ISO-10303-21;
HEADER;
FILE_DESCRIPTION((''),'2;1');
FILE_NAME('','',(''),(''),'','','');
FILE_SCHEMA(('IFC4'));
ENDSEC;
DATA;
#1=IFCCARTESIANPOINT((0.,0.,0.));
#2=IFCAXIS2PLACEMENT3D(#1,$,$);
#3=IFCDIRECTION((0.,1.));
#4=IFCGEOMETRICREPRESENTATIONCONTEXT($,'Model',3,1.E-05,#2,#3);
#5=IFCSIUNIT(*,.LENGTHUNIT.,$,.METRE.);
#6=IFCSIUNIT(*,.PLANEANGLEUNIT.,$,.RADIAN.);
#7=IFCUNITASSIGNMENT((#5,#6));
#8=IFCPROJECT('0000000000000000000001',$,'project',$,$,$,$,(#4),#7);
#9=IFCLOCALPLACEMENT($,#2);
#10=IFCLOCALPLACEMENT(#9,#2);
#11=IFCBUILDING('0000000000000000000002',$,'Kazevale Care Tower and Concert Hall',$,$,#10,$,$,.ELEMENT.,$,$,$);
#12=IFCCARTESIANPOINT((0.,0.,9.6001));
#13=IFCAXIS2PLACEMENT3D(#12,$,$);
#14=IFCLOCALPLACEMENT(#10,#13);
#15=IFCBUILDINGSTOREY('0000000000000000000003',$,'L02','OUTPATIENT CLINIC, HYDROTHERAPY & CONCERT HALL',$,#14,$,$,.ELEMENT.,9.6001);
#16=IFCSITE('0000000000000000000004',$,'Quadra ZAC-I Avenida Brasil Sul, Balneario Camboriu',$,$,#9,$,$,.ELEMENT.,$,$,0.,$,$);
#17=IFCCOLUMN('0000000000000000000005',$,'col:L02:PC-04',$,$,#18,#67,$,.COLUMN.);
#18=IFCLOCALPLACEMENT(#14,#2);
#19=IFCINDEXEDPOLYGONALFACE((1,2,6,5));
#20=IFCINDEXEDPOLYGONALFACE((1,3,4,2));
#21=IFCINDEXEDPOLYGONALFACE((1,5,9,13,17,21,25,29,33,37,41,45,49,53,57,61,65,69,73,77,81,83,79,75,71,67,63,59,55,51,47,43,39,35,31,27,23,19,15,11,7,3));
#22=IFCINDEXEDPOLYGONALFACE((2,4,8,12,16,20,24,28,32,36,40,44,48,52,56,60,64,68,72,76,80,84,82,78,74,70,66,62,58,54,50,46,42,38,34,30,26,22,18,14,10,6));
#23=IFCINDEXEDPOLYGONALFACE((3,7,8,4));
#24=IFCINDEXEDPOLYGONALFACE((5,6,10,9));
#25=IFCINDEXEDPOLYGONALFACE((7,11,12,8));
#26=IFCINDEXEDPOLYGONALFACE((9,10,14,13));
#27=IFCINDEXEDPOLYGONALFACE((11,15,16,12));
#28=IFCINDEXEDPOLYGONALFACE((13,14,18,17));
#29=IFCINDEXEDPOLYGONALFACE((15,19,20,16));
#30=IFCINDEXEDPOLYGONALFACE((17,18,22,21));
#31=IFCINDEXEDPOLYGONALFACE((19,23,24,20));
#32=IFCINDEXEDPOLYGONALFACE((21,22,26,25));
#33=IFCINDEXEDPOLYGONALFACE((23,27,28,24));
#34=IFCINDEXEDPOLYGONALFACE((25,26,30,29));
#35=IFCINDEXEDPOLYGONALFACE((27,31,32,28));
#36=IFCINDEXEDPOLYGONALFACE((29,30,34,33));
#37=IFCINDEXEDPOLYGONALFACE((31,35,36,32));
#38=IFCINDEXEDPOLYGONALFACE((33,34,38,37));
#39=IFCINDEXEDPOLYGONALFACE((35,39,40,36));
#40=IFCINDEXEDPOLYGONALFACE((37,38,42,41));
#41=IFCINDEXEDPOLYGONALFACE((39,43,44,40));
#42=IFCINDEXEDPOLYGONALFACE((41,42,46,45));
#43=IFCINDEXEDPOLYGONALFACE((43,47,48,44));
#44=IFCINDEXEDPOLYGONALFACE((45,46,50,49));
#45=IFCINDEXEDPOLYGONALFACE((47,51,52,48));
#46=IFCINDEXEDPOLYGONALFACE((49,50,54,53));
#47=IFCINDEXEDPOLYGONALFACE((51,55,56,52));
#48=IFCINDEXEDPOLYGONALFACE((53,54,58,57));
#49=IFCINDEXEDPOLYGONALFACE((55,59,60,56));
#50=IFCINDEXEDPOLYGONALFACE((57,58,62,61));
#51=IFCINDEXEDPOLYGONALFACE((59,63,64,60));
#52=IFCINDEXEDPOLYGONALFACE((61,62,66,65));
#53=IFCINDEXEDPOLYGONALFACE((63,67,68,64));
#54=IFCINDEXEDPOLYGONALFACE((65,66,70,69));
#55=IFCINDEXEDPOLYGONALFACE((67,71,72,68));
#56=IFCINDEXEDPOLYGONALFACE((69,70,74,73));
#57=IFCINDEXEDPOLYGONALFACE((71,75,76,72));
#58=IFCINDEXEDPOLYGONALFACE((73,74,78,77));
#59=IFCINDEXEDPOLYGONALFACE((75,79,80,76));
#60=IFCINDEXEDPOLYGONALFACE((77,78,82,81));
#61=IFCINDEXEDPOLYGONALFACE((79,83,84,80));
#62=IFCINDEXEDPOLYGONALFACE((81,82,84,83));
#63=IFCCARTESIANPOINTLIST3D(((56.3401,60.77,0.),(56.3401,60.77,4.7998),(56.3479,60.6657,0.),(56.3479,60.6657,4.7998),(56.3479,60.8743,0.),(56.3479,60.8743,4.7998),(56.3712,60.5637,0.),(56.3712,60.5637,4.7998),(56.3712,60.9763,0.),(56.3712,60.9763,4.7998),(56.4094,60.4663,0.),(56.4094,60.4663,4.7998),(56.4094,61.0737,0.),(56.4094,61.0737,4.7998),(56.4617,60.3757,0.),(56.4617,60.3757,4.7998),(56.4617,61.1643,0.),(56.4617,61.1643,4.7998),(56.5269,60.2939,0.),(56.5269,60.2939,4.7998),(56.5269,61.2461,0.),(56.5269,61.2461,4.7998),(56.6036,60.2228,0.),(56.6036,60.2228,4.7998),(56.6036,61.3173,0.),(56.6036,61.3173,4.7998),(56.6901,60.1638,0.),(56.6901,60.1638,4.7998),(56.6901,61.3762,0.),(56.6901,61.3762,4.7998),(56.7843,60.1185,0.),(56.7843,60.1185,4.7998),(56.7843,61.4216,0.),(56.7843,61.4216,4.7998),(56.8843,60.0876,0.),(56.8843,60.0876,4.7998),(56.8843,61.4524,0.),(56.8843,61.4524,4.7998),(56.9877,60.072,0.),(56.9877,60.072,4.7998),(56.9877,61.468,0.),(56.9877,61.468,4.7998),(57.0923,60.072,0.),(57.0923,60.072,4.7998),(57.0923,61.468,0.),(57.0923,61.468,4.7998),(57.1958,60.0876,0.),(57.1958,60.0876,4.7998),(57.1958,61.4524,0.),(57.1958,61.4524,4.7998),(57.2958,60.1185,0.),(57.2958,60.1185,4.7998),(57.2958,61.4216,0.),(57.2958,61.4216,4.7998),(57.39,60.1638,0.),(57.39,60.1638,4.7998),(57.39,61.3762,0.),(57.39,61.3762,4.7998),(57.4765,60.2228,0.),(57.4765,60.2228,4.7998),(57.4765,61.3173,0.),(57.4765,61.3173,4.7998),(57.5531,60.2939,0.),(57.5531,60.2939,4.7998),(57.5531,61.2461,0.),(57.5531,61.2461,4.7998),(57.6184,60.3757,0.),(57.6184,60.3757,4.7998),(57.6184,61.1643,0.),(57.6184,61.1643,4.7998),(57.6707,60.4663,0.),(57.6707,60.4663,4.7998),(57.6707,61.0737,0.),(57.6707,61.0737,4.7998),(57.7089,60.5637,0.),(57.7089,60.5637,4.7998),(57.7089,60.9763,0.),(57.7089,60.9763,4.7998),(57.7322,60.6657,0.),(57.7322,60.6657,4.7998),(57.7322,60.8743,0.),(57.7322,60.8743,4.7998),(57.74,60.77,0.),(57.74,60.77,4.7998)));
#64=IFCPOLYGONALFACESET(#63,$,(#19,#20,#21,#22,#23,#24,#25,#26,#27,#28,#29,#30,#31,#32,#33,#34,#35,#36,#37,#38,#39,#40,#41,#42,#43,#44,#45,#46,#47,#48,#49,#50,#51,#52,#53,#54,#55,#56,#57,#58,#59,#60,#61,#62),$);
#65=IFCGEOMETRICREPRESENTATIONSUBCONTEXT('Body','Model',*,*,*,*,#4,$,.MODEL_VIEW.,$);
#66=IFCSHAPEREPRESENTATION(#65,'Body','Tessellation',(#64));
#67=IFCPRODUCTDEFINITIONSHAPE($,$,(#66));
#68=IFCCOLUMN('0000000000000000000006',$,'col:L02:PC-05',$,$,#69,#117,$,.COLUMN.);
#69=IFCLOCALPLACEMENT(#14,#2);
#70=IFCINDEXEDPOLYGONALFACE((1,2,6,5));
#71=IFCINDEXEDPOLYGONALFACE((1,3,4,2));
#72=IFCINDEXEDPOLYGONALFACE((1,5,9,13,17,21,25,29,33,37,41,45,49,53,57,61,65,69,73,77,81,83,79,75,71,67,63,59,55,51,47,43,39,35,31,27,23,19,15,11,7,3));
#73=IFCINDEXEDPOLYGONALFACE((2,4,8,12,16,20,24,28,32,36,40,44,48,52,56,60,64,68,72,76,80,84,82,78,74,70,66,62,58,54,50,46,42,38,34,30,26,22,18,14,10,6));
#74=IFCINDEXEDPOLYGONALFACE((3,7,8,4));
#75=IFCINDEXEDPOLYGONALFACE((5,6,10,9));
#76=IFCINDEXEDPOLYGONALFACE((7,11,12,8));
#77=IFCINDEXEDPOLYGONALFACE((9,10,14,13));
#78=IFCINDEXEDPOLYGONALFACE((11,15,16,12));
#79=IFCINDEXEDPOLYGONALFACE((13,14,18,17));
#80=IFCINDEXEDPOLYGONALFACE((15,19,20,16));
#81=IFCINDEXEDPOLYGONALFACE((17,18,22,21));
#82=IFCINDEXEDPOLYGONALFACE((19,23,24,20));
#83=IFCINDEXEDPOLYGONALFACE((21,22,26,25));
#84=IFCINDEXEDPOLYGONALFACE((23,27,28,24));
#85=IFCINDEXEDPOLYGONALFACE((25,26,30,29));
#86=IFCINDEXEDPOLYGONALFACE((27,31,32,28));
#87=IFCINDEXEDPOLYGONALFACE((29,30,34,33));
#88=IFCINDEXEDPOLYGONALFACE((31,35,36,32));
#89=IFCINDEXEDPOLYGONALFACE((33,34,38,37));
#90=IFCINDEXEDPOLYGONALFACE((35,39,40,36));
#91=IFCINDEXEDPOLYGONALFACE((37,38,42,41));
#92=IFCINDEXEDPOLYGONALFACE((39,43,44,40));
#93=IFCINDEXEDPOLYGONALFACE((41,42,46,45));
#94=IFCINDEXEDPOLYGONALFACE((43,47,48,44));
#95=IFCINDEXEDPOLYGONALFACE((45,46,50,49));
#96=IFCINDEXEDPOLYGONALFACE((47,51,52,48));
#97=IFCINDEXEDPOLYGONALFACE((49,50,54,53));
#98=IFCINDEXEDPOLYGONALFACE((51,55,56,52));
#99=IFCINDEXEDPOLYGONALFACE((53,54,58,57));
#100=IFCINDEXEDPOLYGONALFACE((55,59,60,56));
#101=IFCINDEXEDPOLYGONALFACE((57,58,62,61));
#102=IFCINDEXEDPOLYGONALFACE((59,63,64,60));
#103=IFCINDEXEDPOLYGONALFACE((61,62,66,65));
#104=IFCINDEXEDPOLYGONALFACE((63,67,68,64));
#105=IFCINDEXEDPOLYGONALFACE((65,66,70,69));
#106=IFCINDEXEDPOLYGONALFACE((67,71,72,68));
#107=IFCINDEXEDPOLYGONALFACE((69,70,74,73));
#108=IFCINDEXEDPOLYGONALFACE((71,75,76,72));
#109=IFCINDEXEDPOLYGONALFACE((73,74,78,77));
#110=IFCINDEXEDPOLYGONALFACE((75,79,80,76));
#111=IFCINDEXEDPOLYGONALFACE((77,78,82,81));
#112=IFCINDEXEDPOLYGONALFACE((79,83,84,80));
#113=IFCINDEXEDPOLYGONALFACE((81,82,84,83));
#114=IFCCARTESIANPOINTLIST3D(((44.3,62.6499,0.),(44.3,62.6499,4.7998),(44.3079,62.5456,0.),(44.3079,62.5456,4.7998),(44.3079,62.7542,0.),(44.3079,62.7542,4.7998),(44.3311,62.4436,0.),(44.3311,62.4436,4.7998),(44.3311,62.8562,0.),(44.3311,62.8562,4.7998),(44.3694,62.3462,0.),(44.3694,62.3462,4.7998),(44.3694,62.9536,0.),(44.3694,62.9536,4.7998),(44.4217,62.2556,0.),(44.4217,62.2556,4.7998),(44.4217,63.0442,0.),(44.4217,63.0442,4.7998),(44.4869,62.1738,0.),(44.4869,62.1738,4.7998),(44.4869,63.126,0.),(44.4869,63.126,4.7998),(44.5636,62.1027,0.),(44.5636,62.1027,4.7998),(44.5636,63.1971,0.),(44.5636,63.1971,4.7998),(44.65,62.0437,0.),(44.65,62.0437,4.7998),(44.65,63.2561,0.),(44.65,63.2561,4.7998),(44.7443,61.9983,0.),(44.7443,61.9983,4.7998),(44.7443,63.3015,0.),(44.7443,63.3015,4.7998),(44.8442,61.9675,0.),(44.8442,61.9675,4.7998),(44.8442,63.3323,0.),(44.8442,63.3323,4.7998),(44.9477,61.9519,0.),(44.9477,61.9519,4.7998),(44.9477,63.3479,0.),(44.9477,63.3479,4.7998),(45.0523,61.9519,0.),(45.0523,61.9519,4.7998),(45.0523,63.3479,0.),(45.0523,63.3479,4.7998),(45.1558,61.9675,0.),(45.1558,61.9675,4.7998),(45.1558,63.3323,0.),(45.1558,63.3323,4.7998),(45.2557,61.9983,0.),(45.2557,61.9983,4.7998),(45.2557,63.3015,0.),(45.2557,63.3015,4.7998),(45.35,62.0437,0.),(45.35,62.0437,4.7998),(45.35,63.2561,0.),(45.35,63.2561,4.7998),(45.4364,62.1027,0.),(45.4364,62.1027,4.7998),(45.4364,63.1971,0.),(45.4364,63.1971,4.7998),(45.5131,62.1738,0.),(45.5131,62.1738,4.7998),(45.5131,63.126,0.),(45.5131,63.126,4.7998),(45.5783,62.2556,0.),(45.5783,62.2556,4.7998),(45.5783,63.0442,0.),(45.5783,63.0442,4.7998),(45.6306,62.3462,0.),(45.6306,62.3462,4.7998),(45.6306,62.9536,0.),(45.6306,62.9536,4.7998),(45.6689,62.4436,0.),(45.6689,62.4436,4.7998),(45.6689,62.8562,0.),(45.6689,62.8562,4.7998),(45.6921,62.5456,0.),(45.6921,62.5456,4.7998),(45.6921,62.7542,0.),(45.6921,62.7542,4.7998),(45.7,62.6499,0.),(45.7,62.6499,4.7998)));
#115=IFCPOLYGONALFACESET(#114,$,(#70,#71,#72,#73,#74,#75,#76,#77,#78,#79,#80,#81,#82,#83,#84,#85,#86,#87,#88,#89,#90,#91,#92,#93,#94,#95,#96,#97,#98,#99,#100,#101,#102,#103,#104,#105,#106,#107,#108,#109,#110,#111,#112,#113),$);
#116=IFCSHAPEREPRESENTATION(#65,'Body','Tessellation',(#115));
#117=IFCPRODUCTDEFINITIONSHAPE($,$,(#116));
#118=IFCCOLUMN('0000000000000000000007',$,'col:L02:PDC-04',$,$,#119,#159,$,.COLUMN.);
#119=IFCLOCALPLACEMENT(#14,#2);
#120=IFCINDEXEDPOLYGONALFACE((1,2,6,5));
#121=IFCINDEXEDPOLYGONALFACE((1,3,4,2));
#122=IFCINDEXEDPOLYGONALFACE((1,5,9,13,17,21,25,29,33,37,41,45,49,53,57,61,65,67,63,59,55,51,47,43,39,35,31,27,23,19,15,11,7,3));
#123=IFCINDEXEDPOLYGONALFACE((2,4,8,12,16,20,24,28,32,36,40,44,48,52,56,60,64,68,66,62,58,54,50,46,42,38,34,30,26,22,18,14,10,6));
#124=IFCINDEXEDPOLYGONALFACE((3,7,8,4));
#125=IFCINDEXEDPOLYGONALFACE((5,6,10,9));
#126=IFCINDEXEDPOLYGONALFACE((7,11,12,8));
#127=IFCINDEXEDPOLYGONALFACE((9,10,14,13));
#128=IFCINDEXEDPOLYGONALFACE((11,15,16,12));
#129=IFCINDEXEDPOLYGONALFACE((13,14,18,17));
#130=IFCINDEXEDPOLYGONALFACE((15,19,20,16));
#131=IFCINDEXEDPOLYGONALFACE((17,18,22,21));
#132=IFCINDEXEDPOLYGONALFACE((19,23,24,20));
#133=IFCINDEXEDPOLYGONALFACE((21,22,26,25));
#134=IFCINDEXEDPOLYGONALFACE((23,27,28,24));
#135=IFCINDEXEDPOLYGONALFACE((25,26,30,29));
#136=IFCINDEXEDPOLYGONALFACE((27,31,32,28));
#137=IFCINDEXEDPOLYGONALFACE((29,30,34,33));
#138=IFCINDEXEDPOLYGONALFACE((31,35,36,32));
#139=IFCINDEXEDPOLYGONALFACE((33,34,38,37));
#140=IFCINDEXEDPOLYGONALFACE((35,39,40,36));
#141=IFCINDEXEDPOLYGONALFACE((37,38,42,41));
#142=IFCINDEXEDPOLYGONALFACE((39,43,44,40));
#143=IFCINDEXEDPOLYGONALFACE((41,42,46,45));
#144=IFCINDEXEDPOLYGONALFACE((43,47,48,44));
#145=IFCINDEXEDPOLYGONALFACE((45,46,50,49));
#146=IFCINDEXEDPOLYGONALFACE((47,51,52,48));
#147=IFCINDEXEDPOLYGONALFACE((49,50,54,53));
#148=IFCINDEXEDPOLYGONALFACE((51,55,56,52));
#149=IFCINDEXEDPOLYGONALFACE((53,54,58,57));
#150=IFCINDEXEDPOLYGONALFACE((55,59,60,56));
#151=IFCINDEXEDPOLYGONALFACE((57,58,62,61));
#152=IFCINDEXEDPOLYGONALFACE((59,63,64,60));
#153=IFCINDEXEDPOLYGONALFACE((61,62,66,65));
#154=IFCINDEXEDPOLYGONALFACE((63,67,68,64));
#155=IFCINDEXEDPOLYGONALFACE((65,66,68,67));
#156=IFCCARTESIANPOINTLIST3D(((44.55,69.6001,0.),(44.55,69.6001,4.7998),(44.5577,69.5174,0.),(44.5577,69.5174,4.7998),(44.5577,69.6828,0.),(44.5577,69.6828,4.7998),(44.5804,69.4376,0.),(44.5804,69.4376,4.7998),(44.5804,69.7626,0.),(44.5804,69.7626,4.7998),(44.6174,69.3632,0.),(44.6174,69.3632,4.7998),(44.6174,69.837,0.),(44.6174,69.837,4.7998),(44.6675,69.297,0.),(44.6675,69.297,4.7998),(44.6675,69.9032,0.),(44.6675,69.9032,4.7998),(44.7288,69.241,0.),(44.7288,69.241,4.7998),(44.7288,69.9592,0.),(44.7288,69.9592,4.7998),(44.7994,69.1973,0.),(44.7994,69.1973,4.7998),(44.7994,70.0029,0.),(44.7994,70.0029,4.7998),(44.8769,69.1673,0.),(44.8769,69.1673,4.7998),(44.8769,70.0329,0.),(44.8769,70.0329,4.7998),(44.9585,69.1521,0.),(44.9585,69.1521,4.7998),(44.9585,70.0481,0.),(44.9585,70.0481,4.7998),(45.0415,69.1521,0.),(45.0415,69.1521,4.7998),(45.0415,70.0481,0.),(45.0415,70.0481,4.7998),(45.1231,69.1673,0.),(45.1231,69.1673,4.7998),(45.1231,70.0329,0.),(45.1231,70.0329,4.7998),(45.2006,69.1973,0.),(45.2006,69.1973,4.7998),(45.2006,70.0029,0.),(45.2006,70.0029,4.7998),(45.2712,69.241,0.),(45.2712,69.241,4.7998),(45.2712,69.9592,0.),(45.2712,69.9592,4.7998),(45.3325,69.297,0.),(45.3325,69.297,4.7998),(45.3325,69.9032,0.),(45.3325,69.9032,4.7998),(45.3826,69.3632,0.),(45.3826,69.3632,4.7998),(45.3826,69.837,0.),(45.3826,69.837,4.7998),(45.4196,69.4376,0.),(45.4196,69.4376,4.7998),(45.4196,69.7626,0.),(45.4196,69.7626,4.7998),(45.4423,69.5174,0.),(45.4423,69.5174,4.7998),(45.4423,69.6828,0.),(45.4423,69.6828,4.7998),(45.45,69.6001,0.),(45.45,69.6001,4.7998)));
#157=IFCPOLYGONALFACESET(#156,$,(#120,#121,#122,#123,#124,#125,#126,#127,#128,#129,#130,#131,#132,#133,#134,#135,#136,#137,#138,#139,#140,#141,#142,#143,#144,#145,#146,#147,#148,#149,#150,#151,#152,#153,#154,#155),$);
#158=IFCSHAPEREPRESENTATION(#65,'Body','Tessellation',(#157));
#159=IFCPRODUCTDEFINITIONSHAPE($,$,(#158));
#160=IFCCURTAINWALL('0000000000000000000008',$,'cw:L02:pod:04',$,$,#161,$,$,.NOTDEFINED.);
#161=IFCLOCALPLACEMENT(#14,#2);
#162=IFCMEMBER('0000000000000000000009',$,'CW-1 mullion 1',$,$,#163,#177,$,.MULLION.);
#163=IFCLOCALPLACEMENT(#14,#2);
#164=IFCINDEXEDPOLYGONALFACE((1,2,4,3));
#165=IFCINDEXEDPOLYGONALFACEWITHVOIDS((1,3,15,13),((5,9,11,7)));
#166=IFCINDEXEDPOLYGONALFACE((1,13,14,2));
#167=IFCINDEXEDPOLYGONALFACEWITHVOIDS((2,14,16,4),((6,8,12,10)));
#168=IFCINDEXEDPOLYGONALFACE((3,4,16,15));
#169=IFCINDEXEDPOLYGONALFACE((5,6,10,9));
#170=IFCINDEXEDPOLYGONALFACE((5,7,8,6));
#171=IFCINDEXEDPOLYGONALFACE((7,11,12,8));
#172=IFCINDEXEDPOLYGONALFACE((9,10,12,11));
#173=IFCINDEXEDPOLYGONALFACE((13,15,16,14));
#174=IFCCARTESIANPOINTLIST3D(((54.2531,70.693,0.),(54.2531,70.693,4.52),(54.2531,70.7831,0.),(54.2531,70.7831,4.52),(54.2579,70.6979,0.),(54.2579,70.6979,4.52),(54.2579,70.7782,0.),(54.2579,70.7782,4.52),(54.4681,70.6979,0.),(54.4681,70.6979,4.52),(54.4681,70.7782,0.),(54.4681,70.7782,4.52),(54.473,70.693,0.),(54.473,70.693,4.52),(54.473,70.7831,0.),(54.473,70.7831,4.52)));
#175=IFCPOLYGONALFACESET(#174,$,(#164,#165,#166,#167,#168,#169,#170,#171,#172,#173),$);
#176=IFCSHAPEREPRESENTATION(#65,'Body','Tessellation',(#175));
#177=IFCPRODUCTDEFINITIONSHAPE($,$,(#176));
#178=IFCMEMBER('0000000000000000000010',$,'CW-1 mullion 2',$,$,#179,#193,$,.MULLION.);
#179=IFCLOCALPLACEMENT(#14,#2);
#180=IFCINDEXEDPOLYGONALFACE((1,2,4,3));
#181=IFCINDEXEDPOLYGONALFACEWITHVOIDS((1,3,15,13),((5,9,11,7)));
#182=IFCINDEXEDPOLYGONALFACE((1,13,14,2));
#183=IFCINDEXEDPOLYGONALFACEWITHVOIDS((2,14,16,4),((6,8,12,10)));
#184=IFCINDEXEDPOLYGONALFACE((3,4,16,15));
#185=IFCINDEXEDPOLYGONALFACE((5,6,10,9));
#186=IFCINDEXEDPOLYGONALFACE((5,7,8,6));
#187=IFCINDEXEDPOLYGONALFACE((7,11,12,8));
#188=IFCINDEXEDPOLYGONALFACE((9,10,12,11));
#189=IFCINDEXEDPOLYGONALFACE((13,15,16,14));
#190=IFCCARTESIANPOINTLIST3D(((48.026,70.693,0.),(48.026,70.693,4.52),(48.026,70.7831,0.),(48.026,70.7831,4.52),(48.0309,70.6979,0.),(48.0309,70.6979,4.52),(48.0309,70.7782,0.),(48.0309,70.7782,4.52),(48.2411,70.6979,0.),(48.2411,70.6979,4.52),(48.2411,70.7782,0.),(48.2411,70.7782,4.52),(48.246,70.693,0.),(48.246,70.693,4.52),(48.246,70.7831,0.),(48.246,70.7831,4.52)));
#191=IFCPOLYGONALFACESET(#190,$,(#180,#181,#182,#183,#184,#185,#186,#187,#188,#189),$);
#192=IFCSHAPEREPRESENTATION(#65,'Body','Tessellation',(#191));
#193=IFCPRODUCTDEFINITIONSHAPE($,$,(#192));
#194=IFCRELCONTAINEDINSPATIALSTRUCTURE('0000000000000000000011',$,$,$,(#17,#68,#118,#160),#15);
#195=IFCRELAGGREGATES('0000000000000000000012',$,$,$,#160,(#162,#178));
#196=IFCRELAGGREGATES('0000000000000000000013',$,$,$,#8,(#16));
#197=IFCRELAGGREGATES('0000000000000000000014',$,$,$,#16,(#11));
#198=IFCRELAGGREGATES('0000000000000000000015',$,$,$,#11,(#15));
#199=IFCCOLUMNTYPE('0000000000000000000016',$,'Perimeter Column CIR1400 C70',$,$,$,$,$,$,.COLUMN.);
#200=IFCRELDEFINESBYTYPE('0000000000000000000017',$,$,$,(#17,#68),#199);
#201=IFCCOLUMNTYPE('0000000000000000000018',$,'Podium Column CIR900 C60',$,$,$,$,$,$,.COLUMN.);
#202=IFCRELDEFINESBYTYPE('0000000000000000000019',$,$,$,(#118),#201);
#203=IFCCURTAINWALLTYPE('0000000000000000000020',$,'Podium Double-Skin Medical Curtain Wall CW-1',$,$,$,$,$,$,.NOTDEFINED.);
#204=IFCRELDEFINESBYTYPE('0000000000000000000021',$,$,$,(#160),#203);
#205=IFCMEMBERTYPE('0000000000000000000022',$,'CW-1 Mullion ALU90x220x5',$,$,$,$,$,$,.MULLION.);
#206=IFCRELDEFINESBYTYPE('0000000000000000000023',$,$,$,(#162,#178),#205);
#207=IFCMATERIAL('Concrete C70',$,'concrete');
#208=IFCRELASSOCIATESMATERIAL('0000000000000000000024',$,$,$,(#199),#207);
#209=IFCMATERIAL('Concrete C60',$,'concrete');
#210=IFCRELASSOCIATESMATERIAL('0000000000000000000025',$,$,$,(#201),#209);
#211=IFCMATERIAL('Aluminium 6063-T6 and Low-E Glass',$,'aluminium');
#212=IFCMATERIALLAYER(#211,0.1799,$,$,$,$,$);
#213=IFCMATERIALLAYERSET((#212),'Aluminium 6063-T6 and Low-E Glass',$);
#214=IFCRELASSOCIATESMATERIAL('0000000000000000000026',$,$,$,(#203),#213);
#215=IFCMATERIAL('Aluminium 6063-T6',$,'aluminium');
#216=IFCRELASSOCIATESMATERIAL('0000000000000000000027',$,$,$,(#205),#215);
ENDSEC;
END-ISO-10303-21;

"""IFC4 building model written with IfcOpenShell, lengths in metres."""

from ifc_helpers import new_model, si_unit, direction, frame, origin, origin_2d, place, context, subcontext, project, spatial, hollow_rectangle, circle, extrude, material, layer, layer_set, material_profile, profile_set, type_object, element, aggregate, save


model = new_model("IFC4")

# Units and contexts
model_context = context("Model", 3, precision=1e-05, world=origin(), true_north=direction((0.0, 1.0)))
body_context = subcontext(model_context, "Body", "Model", "MODEL_VIEW")
ifc_project = project(units=[si_unit("LENGTHUNIT", "METRE"), si_unit("PLANEANGLEUNIT", "RADIAN")], contexts=[model_context])

# Site, building, storey
site_placement = place(None, origin())
site = spatial("IfcSite", under=ifc_project, at=site_placement, Name="Quadra ZAC-I Avenida Brasil Sul, Balneario Camboriu", CompositionType="ELEMENT", RefElevation=0.0)
building_placement = place(site_placement, origin())
building = spatial("IfcBuilding", under=site, at=building_placement, Name="Kazevale Care Tower and Concert Hall", CompositionType="ELEMENT")
storey_placement = place(building_placement, frame((0.0, 0.0, 9.6001)))
storey = spatial("IfcBuildingStorey", under=building, at=storey_placement, Name="L02", Description="OUTPATIENT CLINIC, HYDROTHERAPY & CONCERT HALL", CompositionType="ELEMENT", Elevation=9.6001)

# Columns
ifc_material_1 = material(Name="Concrete C70", Category="concrete")
ifc_material_profile_1 = material_profile(ifc_material_1, circle(Radius=0.7, at=origin_2d()), Name="RC-CIR1400")
ifc_profile_set_1 = profile_set([ifc_material_profile_1], Name="Concrete C70")
column_type_1 = type_object("IfcColumnType", Name="Perimeter Column CIR1400 C70", PredefinedType="COLUMN", material=ifc_profile_set_1)
for number, where, z_axis, x_axis, name in (
    (1, (57.04, 60.77, 0.0), (0.0, 0.0, 1.0), (1.0, 0.0, 0.0), "col:L02:PC-04"),
    (2, (45.0, 62.6499, 0.0), (0.0, 0.0, 1.0), (1.0, 0.0, 0.0), "col:L02:PC-05"),
):
    element("IfcColumn", number, at=place(storey_placement, frame(where, z_axis=z_axis, x_axis=x_axis)), inside=storey, type_object=column_type_1, Name=name, PredefinedType="COLUMN", context=body_context, shape_type="SweptSolid", body=[
        extrude(circle(Radius=0.7, at=origin_2d()), origin(), (0.0, 0.0, 1.0), 4.7998),
    ])
ifc_material_2 = material(Name="Concrete C60", Category="concrete")
ifc_material_profile_2 = material_profile(ifc_material_2, circle(Radius=0.45, at=origin_2d()), Name="RC-CIR900")
ifc_profile_set_2 = profile_set([ifc_material_profile_2], Name="Concrete C60")
column_type_2 = type_object("IfcColumnType", Name="Podium Column CIR900 C60", PredefinedType="COLUMN", material=ifc_profile_set_2)
column_placement = place(storey_placement, frame((45.0, 69.6001, 0.0), z_axis=(0.0, 0.0, 1.0), x_axis=(1.0, 0.0, 0.0)))
element("IfcColumn", 3, at=column_placement, inside=storey, type_object=column_type_2, Name="col:L02:PDC-04", PredefinedType="COLUMN", context=body_context, shape_type="SweptSolid", body=[
    extrude(circle(Radius=0.45, at=origin_2d()), origin(), (0.0, 0.0, 1.0), 4.7998),
])

# Curtain wall, members
ifc_material_3 = material(Name="Aluminium 6063-T6 and Low-E Glass", Category="aluminium")
ifc_layer_1 = layer(ifc_material_3, 0.1799)
ifc_layer_set_1 = layer_set([ifc_layer_1], Name="Aluminium 6063-T6 and Low-E Glass")
curtain_wall_type = type_object("IfcCurtainWallType", Name="Podium Double-Skin Medical Curtain Wall CW-1", PredefinedType="NOTDEFINED", material=ifc_layer_set_1)
curtain_wall_placement = place(storey_placement, origin())
curtain_wall = element("IfcCurtainWall", 4, at=curtain_wall_placement, inside=storey, type_object=curtain_wall_type, Name="cw:L02:pod:04", PredefinedType="NOTDEFINED")
ifc_material_4 = material(Name="Aluminium 6063-T6", Category="aluminium")
ifc_material_profile_3 = material_profile(ifc_material_4, hollow_rectangle(XDim=0.0901, YDim=0.22, WallThickness=0.0049, at=origin_2d()), Name="ALU90x220x5")
ifc_profile_set_3 = profile_set([ifc_material_profile_3], Name="Aluminium 6063-T6")
member_type_1 = type_object("IfcMemberType", Name="CW-1 Mullion ALU90x220x5", PredefinedType="MULLION", material=ifc_profile_set_3)
member_1_placement = place(storey_placement, frame((54.363, 70.738, 0.0), z_axis=(0.0, 0.0, 1.0), x_axis=(0.0, -1.0, 0.0)))
member_1 = element("IfcMember", 5, at=member_1_placement, type_object=member_type_1, Name="CW-1 mullion 1", PredefinedType="MULLION", context=body_context, shape_type="SweptSolid", body=[
    extrude(hollow_rectangle(XDim=0.0901, YDim=0.22, WallThickness=0.0049, at=origin_2d()), origin(), (0.0, 0.0, 1.0), 4.52),
])
member_2_placement = place(storey_placement, frame((48.136, 70.738, 0.0), z_axis=(0.0, 0.0, 1.0), x_axis=(0.0, -1.0, 0.0)))
member_2 = element("IfcMember", 6, at=member_2_placement, type_object=member_type_1, Name="CW-1 mullion 2", PredefinedType="MULLION", context=body_context, shape_type="SweptSolid", body=[
    extrude(hollow_rectangle(XDim=0.0901, YDim=0.22, WallThickness=0.0049, at=origin_2d()), origin(), (0.0, 0.0, 1.0), 4.52),
])

aggregate(curtain_wall, [member_1, member_2])

save(model, "model.ifc")
